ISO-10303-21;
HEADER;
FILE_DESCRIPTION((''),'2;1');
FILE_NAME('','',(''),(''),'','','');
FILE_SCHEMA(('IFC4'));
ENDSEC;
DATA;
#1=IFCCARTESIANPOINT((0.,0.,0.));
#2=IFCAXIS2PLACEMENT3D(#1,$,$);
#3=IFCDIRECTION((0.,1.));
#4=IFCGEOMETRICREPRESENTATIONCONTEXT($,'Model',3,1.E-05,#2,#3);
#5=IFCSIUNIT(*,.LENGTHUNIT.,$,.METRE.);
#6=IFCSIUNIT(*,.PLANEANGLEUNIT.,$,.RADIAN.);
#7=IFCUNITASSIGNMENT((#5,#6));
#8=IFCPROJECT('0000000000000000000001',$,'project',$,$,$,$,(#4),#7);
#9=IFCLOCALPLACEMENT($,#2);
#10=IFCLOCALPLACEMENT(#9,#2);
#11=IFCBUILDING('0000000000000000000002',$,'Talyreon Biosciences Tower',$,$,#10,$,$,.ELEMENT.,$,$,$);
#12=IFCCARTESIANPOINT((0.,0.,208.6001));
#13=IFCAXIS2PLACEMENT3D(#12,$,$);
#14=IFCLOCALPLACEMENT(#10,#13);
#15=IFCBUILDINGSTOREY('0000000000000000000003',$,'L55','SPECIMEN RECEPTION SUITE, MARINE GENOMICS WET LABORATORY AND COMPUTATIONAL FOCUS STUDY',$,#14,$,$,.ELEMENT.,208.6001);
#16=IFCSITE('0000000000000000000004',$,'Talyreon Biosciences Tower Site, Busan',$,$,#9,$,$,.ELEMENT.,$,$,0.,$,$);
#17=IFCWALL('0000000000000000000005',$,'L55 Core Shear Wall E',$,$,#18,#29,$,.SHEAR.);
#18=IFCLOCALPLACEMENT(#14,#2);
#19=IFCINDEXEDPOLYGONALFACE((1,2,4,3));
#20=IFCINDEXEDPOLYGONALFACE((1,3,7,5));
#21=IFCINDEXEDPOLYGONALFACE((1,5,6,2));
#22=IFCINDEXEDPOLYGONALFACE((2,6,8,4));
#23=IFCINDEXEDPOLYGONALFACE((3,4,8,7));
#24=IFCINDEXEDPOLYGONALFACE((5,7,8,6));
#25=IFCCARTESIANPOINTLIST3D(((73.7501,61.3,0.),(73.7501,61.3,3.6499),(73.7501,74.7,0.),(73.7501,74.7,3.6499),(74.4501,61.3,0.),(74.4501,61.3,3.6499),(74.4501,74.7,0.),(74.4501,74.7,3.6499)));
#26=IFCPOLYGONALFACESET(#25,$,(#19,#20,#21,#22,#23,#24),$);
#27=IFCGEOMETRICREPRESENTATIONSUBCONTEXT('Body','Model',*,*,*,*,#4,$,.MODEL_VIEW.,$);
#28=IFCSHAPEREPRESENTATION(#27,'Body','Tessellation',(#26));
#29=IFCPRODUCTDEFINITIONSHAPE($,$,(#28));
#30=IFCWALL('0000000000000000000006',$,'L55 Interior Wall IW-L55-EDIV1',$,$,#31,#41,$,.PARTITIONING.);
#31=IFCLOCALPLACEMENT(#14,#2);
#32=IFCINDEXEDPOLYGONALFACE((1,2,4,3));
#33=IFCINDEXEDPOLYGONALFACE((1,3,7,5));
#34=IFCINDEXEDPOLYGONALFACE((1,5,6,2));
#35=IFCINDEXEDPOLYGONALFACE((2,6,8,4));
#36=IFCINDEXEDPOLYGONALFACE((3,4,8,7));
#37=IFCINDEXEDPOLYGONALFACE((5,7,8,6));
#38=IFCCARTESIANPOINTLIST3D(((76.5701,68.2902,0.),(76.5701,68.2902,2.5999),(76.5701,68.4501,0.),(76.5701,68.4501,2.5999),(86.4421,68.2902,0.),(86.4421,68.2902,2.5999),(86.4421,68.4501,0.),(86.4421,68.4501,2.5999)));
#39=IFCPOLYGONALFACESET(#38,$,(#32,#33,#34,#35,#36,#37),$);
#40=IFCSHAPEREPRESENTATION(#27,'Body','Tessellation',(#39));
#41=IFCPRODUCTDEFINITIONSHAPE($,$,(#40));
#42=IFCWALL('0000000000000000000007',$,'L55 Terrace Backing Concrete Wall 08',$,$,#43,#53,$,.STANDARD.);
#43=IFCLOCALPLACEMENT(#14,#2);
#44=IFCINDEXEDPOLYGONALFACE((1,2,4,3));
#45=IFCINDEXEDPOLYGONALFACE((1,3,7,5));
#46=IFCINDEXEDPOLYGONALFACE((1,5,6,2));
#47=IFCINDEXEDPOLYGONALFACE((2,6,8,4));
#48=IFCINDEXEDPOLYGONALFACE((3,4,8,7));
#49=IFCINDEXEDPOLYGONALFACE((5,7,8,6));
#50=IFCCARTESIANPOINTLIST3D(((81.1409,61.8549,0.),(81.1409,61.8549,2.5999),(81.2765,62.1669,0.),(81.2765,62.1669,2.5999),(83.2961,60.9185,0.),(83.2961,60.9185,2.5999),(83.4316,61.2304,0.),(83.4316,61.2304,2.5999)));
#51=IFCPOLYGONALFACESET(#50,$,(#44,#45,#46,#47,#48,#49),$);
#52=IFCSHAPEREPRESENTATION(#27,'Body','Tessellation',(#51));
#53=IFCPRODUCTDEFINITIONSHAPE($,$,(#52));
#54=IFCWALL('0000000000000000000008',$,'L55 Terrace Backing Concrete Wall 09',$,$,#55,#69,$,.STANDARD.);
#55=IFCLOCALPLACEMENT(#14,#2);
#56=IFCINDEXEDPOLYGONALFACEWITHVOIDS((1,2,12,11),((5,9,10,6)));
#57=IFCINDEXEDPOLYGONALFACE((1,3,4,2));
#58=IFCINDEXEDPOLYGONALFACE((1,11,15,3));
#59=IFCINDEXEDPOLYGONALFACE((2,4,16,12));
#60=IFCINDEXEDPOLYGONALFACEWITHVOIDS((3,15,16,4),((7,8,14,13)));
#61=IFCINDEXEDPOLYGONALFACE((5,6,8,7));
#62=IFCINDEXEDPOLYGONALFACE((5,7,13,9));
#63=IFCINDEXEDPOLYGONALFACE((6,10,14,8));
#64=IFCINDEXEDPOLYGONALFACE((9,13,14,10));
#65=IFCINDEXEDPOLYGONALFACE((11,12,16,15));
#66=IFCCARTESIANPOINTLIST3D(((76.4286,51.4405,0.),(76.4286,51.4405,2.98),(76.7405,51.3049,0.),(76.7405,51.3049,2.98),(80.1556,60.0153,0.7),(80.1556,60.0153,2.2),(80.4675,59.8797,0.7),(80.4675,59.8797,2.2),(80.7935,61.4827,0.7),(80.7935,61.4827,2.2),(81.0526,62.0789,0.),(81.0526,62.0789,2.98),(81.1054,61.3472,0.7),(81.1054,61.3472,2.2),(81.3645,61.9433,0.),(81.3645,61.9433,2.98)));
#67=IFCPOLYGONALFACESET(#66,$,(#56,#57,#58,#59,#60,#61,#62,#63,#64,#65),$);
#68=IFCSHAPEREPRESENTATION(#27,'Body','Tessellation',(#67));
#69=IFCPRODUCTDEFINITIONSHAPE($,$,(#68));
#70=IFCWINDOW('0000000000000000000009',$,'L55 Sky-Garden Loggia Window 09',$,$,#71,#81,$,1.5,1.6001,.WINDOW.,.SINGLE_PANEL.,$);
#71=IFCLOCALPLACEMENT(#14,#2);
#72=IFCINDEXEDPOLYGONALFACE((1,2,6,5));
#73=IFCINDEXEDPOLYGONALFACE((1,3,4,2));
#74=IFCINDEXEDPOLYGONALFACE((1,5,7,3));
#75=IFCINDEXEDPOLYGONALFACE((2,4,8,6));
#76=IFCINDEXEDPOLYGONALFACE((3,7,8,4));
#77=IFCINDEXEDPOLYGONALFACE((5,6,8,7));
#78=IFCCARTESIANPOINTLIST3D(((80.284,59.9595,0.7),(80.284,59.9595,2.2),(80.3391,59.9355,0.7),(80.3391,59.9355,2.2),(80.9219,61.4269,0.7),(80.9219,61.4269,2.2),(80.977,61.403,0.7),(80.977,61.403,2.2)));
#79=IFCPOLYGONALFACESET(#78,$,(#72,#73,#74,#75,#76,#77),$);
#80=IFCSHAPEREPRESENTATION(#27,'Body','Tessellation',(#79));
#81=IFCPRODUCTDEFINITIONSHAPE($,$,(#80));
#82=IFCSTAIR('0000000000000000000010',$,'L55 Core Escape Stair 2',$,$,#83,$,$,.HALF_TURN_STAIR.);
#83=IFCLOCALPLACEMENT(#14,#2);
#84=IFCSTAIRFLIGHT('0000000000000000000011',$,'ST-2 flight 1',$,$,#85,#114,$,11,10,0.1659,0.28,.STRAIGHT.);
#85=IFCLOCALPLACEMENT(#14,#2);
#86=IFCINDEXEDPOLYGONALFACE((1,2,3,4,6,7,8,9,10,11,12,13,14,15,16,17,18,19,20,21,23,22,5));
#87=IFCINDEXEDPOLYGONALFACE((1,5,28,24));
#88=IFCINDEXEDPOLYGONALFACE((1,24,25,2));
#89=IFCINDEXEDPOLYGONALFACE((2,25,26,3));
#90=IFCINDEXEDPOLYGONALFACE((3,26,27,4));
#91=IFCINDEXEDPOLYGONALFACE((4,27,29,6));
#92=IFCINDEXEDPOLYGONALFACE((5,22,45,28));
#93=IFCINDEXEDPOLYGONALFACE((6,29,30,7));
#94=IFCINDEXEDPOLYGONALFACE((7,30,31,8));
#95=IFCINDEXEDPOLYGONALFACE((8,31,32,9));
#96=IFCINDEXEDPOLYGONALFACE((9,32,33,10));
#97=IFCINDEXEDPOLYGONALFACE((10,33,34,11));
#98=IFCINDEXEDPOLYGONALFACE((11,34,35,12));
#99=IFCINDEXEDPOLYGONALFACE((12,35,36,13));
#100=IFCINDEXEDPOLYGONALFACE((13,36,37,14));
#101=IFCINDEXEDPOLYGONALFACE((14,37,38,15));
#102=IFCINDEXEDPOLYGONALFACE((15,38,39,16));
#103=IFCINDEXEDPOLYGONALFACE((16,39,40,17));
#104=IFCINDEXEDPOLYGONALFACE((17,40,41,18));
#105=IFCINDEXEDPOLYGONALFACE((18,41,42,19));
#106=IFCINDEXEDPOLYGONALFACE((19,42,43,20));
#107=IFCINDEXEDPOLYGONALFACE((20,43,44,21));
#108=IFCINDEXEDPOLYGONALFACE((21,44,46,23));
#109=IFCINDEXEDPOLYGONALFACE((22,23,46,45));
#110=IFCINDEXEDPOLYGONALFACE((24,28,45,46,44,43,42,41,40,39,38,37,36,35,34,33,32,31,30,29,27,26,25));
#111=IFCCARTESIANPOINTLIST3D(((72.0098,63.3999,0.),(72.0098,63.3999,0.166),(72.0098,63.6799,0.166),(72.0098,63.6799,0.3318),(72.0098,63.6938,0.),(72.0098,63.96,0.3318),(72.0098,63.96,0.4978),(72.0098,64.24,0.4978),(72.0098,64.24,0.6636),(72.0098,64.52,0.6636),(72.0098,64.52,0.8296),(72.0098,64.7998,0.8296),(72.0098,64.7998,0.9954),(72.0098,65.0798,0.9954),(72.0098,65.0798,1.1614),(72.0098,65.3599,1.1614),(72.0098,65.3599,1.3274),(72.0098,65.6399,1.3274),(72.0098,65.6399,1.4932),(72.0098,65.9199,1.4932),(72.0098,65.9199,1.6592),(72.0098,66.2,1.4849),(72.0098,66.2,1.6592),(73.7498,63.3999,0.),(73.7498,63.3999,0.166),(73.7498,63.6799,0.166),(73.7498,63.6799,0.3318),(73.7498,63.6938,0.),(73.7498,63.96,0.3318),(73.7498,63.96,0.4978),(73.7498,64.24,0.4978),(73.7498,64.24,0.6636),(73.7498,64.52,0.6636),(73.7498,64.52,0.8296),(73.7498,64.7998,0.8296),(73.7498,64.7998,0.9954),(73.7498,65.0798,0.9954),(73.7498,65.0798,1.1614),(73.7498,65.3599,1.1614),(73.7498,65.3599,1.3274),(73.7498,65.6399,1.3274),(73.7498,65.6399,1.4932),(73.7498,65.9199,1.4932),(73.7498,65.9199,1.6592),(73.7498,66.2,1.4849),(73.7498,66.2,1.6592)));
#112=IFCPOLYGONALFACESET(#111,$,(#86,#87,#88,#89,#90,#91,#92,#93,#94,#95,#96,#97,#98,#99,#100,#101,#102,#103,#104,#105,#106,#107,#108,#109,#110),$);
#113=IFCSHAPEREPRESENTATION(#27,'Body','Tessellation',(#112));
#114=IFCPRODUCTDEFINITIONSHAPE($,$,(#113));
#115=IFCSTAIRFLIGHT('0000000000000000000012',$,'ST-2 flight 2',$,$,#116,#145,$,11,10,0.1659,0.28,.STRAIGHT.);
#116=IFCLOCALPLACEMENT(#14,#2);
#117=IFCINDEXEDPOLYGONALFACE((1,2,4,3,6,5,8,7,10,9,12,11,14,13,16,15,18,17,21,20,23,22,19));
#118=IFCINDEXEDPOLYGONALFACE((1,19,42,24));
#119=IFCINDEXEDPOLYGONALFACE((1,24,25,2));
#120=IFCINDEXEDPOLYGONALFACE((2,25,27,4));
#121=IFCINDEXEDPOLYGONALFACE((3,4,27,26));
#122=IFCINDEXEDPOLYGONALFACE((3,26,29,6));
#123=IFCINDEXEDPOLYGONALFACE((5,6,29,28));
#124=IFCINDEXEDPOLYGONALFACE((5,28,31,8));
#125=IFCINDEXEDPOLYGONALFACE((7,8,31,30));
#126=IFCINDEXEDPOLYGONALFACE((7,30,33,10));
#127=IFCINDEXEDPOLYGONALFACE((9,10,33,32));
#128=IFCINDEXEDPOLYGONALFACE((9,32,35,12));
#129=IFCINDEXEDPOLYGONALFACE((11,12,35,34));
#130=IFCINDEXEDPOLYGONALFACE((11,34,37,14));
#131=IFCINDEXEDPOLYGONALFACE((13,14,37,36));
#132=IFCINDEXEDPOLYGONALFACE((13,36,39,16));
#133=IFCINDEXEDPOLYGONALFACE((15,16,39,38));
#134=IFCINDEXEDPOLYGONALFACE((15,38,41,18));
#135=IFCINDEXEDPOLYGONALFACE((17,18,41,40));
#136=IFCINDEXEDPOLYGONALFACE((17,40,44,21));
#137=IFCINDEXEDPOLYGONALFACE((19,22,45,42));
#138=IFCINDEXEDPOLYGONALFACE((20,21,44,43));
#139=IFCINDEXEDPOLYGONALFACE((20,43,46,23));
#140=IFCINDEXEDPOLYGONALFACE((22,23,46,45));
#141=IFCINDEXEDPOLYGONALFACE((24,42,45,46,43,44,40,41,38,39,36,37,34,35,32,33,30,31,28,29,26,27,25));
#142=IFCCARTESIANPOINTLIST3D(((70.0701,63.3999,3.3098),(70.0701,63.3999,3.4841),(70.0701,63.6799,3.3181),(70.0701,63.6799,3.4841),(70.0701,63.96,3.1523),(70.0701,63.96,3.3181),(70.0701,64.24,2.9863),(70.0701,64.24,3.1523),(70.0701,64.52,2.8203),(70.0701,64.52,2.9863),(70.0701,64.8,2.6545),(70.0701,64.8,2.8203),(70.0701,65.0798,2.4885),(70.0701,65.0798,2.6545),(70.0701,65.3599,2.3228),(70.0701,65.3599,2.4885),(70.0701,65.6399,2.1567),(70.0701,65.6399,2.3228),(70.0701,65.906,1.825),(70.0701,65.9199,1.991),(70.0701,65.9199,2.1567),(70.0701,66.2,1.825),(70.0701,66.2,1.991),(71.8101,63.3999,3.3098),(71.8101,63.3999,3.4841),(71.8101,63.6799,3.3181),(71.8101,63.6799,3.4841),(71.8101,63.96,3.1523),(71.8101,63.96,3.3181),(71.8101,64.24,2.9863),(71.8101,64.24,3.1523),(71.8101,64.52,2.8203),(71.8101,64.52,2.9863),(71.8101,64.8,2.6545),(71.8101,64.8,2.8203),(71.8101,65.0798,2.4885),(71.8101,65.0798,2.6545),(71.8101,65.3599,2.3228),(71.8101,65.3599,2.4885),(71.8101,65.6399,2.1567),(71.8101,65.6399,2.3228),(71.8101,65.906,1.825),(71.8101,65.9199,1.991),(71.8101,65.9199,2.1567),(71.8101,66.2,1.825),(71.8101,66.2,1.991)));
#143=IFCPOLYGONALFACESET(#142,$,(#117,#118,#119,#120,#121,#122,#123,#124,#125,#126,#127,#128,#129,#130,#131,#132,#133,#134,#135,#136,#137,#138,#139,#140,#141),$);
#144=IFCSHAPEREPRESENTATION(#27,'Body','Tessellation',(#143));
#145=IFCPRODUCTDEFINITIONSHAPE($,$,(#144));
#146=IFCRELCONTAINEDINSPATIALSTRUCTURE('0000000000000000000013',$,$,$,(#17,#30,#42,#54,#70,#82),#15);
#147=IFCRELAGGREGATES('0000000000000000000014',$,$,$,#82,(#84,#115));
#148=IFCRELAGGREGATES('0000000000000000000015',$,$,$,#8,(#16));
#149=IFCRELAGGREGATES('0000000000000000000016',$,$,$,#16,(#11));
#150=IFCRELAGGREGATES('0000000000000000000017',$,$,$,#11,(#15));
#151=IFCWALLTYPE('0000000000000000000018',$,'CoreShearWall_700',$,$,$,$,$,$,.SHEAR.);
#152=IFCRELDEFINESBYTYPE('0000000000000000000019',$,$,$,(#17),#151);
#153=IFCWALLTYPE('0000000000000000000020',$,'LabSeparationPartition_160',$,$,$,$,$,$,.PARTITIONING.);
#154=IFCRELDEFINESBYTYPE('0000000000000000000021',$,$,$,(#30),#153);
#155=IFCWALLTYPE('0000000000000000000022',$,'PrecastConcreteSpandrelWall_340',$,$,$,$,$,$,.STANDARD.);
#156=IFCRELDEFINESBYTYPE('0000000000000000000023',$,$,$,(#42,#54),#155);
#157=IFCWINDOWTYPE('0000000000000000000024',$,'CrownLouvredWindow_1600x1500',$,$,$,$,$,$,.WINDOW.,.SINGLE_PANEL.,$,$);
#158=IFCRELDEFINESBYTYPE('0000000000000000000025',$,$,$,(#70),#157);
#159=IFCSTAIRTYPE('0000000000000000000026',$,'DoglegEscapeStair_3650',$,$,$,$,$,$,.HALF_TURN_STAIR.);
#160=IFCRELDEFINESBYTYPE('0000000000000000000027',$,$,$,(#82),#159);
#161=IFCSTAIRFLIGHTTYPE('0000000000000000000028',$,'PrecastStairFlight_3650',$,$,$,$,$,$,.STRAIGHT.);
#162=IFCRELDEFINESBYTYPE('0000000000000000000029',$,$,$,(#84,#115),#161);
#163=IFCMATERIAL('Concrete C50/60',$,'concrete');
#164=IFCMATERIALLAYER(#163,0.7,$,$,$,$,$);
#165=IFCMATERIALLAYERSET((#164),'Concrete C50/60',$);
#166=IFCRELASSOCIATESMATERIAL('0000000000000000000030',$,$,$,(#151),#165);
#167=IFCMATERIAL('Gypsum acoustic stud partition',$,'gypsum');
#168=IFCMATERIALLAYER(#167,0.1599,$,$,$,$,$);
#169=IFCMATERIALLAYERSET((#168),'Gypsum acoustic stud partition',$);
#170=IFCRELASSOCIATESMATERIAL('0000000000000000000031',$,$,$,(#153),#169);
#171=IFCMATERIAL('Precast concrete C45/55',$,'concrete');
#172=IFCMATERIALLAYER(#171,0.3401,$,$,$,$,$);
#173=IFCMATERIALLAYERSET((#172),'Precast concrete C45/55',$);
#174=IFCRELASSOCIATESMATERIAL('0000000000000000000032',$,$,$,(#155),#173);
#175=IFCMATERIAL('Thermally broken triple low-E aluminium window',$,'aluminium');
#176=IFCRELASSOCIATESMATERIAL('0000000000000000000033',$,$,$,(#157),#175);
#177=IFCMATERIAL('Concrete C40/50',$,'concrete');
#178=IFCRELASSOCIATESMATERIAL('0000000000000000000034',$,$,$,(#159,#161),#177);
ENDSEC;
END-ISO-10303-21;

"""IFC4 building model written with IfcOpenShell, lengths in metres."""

from ifc_helpers import new_model, si_unit, direction, frame, frame_2d, origin, place, context, subcontext, project, spatial, polyline, rectangle, outline, extrude, material, layer, layer_set, type_object, element, fill, aggregate, save


model = new_model("IFC4")

# Units and contexts
model_context = context("Model", 3, precision=1e-05, world=origin(), true_north=direction((0.0, 1.0)))
body_context = subcontext(model_context, "Body", "Model", "MODEL_VIEW")
ifc_project = project(units=[si_unit("LENGTHUNIT", "METRE"), si_unit("PLANEANGLEUNIT", "RADIAN")], contexts=[model_context])

# Site, building, storey
site_placement = place(None, origin())
site = spatial("IfcSite", under=ifc_project, at=site_placement, Name="Talyreon Biosciences Tower Site, Busan", CompositionType="ELEMENT", RefElevation=0.0)
building_placement = place(site_placement, origin())
building = spatial("IfcBuilding", under=site, at=building_placement, Name="Talyreon Biosciences Tower", CompositionType="ELEMENT")
storey_placement = place(building_placement, frame((0.0, 0.0, 208.6001)))
storey = spatial("IfcBuildingStorey", under=building, at=storey_placement, Name="L55", Description="SPECIMEN RECEPTION SUITE, MARINE GENOMICS WET LABORATORY AND COMPUTATIONAL FOCUS STUDY", CompositionType="ELEMENT", Elevation=208.6001)

# Shared definitions
ifc_material_1 = material(Name="Concrete C50/60", Category="concrete")

# Walls
ifc_layer_1 = layer(ifc_material_1, 0.7)
ifc_layer_set_1 = layer_set([ifc_layer_1], Name="Concrete C50/60")
wall_type_1 = type_object("IfcWallType", Name="CoreShearWall_700", PredefinedType="SHEAR", material=ifc_layer_set_1)
wall_1_placement = place(storey_placement, frame((74.1001, 61.3, 0.0), z_axis=(0.0, 0.0, 1.0), x_axis=(0.0, 1.0, 0.0)))
element("IfcWall", 1, at=wall_1_placement, inside=storey, type_object=wall_type_1, Name="L55 Core Shear Wall E", PredefinedType="SHEAR", context=body_context, shape_type="SweptSolid", body=[
    extrude(rectangle(XDim=13.3999, YDim=0.7, at=frame_2d((6.7, 0.0))), origin(), (0.0, 0.0, 1.0), 3.6499),
])
ifc_material_2 = material(Name="Gypsum acoustic stud partition", Category="gypsum")
ifc_layer_2 = layer(ifc_material_2, 0.1599)
ifc_layer_set_2 = layer_set([ifc_layer_2], Name="Gypsum acoustic stud partition")
wall_type_2 = type_object("IfcWallType", Name="LabSeparationPartition_160", PredefinedType="PARTITIONING", material=ifc_layer_set_2)
wall_2_placement = place(storey_placement, frame((76.5701, 68.3701, 0.0), z_axis=(0.0, 0.0, 1.0), x_axis=(1.0, 0.0, 0.0)))
element("IfcWall", 2, at=wall_2_placement, inside=storey, type_object=wall_type_2, Name="L55 Interior Wall IW-L55-EDIV1", PredefinedType="PARTITIONING", context=body_context, shape_type="SweptSolid", body=[
    extrude(rectangle(XDim=9.8721, YDim=0.1599, at=frame_2d((4.936, 0.0))), origin(), (0.0, 0.0, 1.0), 2.5999),
])
ifc_material_3 = material(Name="Precast concrete C45/55", Category="concrete")
ifc_layer_3 = layer(ifc_material_3, 0.3401)
ifc_layer_set_3 = layer_set([ifc_layer_3], Name="Precast concrete C45/55")
wall_type_3 = type_object("IfcWallType", Name="PrecastConcreteSpandrelWall_340", PredefinedType="STANDARD", material=ifc_layer_set_3)
wall_3_placement = place(storey_placement, frame((83.3638, 61.0745, 0.0), z_axis=(0.0, 0.0, 1.0), x_axis=(-0.917156, 0.398529, 0.0)))
element("IfcWall", 3, at=wall_3_placement, inside=storey, type_object=wall_type_3, Name="L55 Terrace Backing Concrete Wall 08", PredefinedType="STANDARD", context=body_context, shape_type="SweptSolid", body=[
    extrude(rectangle(XDim=2.3499, YDim=0.3401, at=frame_2d((1.1748, 0.0))), origin(), (0.0, 0.0, 1.0), 2.5999),
])

# Wall, opening, window
wall_4_placement = place(storey_placement, frame((81.2085, 62.011, 0.0), z_axis=(0.0, 0.0, 1.0), x_axis=(-0.398626, -0.917114, 0.0)))
wall_4 = element("IfcWall", 4, at=wall_4_placement, inside=storey, type_object=wall_type_3, Name="L55 Terrace Backing Concrete Wall 09", PredefinedType="STANDARD", context=body_context, shape_type="SweptSolid", body=[
    extrude(rectangle(XDim=11.5999, YDim=0.3401, at=frame_2d((5.7998, 0.0))), origin(), (0.0, 0.0, 1.0), 2.98),
])
opening_1_placement = place(wall_4_placement, frame((0.6499, 0.0, 0.7)))
opening_1 = element("IfcOpeningElement", 5, at=opening_1_placement, cuts=wall_4, PredefinedType="OPENING", context=body_context, shape_type="SweptSolid", body=[
    extrude(rectangle(XDim=1.6001, YDim=1.5, at=frame_2d((0.8, 0.75))), frame((0.0, 0.1799, 0.0), z_axis=(0.0, -1.0, 0.0), x_axis=(1.0, 0.0, 0.0)), (0.0, 0.0, 1.0), 0.3601),
])
ifc_material_4 = material(Name="Thermally broken triple low-E aluminium window", Category="aluminium")
window_type = type_object("IfcWindowType", Name="CrownLouvredWindow_1600x1500", PartitioningType="SINGLE_PANEL", PredefinedType="WINDOW", material=ifc_material_4)
window_placement = place(opening_1_placement, origin())
window = element("IfcWindow", 6, at=window_placement, inside=storey, type_object=window_type, Name="L55 Sky-Garden Loggia Window 09", OverallHeight=1.5, OverallWidth=1.6001, PartitioningType="SINGLE_PANEL", PredefinedType="WINDOW", context=body_context, shape_type="SweptSolid", body=[
    extrude(rectangle(XDim=1.6001, YDim=1.5, at=frame_2d((0.8, 0.75))), frame((0.0, 0.03, 0.0), z_axis=(0.0, -1.0, 0.0), x_axis=(1.0, 0.0, 0.0)), (0.0, 0.0, 1.0), 0.0601),
])
fill(opening_1, window)

# Stair, stair flights
ifc_material_5 = material(Name="Concrete C40/50", Category="concrete")
stair_type = type_object("IfcStairType", Name="DoglegEscapeStair_3650", PredefinedType="HALF_TURN_STAIR", material=ifc_material_5)
stair_placement = place(storey_placement, origin())
stair = element("IfcStair", 7, at=stair_placement, inside=storey, type_object=stair_type, Name="L55 Core Escape Stair 2", PredefinedType="HALF_TURN_STAIR")
stair_flight_type = type_object("IfcStairFlightType", Name="PrecastStairFlight_3650", PredefinedType="STRAIGHT", material=ifc_material_5)
stair_flight_1_placement = place(storey_placement, frame((72.8799, 63.3999, 0.0), z_axis=(0.0, 0.0, 1.0), x_axis=(0.0, 1.0, 0.0)))
stair_flight_1 = element("IfcStairFlight", 8, at=stair_flight_1_placement, type_object=stair_flight_type, Name="ST-2 flight 1", NumberOfRisers=11, NumberOfTreads=10, PredefinedType="STRAIGHT", RiserHeight=0.1659, TreadLength=0.28, context=body_context, shape_type="SweptSolid", body=[
    extrude(outline(polyline([(0.0, 0.0), (0.0, 0.166), (0.28, 0.166), (0.28, 0.3318), (0.5601, 0.3318), (0.5601, 0.4978), (0.8401, 0.4978), (0.8401, 0.6636), (1.1201, 0.6636), (1.1201, 0.8296), (1.3999, 0.8296), (1.3999, 0.9954), (1.6799, 0.9954), (1.6799, 1.1614), (1.96, 1.1614), (1.96, 1.3274), (2.24, 1.3274), (2.24, 1.4932), (2.52, 1.4932), (2.52, 1.6592), (2.8, 1.6592), (2.8, 1.825), (2.8, 1.4849), (0.2939, 0.0), (0.0, 0.0)])), frame((0.0, 0.8701, 0.0), z_axis=(0.0, -1.0, 0.0), x_axis=(1.0, 0.0, 0.0)), (0.0, 0.0, 1.0), 1.74),
])
stair_flight_2_placement = place(storey_placement, frame((70.9399, 66.2, 1.825), z_axis=(0.0, 0.0, 1.0), x_axis=(0.0, -1.0, 0.0)))
stair_flight_2 = element("IfcStairFlight", 9, at=stair_flight_2_placement, type_object=stair_flight_type, Name="ST-2 flight 2", NumberOfRisers=11, NumberOfTreads=10, PredefinedType="STRAIGHT", RiserHeight=0.1659, TreadLength=0.28, context=body_context, shape_type="SweptSolid", body=[
    extrude(outline(polyline([(0.0, 0.0), (0.0, 0.166), (0.28, 0.166), (0.28, 0.3318), (0.5601, 0.3318), (0.5601, 0.4978), (0.8401, 0.4978), (0.8401, 0.6636), (1.1201, 0.6636), (1.1201, 0.8296), (1.3999, 0.8296), (1.3999, 0.9954), (1.6799, 0.9954), (1.6799, 1.1614), (1.96, 1.1614), (1.96, 1.3274), (2.24, 1.3274), (2.24, 1.4932), (2.52, 1.4932), (2.52, 1.6592), (2.8, 1.6592), (2.8, 1.825), (2.8, 1.4849), (0.2939, 0.0), (0.0, 0.0)])), frame((0.0, 0.8701, 0.0), z_axis=(0.0, -1.0, 0.0), x_axis=(1.0, 0.0, 0.0)), (0.0, 0.0, 1.0), 1.74),
])
aggregate(stair, [stair_flight_1, stair_flight_2])

save(model, "model.ifc")
